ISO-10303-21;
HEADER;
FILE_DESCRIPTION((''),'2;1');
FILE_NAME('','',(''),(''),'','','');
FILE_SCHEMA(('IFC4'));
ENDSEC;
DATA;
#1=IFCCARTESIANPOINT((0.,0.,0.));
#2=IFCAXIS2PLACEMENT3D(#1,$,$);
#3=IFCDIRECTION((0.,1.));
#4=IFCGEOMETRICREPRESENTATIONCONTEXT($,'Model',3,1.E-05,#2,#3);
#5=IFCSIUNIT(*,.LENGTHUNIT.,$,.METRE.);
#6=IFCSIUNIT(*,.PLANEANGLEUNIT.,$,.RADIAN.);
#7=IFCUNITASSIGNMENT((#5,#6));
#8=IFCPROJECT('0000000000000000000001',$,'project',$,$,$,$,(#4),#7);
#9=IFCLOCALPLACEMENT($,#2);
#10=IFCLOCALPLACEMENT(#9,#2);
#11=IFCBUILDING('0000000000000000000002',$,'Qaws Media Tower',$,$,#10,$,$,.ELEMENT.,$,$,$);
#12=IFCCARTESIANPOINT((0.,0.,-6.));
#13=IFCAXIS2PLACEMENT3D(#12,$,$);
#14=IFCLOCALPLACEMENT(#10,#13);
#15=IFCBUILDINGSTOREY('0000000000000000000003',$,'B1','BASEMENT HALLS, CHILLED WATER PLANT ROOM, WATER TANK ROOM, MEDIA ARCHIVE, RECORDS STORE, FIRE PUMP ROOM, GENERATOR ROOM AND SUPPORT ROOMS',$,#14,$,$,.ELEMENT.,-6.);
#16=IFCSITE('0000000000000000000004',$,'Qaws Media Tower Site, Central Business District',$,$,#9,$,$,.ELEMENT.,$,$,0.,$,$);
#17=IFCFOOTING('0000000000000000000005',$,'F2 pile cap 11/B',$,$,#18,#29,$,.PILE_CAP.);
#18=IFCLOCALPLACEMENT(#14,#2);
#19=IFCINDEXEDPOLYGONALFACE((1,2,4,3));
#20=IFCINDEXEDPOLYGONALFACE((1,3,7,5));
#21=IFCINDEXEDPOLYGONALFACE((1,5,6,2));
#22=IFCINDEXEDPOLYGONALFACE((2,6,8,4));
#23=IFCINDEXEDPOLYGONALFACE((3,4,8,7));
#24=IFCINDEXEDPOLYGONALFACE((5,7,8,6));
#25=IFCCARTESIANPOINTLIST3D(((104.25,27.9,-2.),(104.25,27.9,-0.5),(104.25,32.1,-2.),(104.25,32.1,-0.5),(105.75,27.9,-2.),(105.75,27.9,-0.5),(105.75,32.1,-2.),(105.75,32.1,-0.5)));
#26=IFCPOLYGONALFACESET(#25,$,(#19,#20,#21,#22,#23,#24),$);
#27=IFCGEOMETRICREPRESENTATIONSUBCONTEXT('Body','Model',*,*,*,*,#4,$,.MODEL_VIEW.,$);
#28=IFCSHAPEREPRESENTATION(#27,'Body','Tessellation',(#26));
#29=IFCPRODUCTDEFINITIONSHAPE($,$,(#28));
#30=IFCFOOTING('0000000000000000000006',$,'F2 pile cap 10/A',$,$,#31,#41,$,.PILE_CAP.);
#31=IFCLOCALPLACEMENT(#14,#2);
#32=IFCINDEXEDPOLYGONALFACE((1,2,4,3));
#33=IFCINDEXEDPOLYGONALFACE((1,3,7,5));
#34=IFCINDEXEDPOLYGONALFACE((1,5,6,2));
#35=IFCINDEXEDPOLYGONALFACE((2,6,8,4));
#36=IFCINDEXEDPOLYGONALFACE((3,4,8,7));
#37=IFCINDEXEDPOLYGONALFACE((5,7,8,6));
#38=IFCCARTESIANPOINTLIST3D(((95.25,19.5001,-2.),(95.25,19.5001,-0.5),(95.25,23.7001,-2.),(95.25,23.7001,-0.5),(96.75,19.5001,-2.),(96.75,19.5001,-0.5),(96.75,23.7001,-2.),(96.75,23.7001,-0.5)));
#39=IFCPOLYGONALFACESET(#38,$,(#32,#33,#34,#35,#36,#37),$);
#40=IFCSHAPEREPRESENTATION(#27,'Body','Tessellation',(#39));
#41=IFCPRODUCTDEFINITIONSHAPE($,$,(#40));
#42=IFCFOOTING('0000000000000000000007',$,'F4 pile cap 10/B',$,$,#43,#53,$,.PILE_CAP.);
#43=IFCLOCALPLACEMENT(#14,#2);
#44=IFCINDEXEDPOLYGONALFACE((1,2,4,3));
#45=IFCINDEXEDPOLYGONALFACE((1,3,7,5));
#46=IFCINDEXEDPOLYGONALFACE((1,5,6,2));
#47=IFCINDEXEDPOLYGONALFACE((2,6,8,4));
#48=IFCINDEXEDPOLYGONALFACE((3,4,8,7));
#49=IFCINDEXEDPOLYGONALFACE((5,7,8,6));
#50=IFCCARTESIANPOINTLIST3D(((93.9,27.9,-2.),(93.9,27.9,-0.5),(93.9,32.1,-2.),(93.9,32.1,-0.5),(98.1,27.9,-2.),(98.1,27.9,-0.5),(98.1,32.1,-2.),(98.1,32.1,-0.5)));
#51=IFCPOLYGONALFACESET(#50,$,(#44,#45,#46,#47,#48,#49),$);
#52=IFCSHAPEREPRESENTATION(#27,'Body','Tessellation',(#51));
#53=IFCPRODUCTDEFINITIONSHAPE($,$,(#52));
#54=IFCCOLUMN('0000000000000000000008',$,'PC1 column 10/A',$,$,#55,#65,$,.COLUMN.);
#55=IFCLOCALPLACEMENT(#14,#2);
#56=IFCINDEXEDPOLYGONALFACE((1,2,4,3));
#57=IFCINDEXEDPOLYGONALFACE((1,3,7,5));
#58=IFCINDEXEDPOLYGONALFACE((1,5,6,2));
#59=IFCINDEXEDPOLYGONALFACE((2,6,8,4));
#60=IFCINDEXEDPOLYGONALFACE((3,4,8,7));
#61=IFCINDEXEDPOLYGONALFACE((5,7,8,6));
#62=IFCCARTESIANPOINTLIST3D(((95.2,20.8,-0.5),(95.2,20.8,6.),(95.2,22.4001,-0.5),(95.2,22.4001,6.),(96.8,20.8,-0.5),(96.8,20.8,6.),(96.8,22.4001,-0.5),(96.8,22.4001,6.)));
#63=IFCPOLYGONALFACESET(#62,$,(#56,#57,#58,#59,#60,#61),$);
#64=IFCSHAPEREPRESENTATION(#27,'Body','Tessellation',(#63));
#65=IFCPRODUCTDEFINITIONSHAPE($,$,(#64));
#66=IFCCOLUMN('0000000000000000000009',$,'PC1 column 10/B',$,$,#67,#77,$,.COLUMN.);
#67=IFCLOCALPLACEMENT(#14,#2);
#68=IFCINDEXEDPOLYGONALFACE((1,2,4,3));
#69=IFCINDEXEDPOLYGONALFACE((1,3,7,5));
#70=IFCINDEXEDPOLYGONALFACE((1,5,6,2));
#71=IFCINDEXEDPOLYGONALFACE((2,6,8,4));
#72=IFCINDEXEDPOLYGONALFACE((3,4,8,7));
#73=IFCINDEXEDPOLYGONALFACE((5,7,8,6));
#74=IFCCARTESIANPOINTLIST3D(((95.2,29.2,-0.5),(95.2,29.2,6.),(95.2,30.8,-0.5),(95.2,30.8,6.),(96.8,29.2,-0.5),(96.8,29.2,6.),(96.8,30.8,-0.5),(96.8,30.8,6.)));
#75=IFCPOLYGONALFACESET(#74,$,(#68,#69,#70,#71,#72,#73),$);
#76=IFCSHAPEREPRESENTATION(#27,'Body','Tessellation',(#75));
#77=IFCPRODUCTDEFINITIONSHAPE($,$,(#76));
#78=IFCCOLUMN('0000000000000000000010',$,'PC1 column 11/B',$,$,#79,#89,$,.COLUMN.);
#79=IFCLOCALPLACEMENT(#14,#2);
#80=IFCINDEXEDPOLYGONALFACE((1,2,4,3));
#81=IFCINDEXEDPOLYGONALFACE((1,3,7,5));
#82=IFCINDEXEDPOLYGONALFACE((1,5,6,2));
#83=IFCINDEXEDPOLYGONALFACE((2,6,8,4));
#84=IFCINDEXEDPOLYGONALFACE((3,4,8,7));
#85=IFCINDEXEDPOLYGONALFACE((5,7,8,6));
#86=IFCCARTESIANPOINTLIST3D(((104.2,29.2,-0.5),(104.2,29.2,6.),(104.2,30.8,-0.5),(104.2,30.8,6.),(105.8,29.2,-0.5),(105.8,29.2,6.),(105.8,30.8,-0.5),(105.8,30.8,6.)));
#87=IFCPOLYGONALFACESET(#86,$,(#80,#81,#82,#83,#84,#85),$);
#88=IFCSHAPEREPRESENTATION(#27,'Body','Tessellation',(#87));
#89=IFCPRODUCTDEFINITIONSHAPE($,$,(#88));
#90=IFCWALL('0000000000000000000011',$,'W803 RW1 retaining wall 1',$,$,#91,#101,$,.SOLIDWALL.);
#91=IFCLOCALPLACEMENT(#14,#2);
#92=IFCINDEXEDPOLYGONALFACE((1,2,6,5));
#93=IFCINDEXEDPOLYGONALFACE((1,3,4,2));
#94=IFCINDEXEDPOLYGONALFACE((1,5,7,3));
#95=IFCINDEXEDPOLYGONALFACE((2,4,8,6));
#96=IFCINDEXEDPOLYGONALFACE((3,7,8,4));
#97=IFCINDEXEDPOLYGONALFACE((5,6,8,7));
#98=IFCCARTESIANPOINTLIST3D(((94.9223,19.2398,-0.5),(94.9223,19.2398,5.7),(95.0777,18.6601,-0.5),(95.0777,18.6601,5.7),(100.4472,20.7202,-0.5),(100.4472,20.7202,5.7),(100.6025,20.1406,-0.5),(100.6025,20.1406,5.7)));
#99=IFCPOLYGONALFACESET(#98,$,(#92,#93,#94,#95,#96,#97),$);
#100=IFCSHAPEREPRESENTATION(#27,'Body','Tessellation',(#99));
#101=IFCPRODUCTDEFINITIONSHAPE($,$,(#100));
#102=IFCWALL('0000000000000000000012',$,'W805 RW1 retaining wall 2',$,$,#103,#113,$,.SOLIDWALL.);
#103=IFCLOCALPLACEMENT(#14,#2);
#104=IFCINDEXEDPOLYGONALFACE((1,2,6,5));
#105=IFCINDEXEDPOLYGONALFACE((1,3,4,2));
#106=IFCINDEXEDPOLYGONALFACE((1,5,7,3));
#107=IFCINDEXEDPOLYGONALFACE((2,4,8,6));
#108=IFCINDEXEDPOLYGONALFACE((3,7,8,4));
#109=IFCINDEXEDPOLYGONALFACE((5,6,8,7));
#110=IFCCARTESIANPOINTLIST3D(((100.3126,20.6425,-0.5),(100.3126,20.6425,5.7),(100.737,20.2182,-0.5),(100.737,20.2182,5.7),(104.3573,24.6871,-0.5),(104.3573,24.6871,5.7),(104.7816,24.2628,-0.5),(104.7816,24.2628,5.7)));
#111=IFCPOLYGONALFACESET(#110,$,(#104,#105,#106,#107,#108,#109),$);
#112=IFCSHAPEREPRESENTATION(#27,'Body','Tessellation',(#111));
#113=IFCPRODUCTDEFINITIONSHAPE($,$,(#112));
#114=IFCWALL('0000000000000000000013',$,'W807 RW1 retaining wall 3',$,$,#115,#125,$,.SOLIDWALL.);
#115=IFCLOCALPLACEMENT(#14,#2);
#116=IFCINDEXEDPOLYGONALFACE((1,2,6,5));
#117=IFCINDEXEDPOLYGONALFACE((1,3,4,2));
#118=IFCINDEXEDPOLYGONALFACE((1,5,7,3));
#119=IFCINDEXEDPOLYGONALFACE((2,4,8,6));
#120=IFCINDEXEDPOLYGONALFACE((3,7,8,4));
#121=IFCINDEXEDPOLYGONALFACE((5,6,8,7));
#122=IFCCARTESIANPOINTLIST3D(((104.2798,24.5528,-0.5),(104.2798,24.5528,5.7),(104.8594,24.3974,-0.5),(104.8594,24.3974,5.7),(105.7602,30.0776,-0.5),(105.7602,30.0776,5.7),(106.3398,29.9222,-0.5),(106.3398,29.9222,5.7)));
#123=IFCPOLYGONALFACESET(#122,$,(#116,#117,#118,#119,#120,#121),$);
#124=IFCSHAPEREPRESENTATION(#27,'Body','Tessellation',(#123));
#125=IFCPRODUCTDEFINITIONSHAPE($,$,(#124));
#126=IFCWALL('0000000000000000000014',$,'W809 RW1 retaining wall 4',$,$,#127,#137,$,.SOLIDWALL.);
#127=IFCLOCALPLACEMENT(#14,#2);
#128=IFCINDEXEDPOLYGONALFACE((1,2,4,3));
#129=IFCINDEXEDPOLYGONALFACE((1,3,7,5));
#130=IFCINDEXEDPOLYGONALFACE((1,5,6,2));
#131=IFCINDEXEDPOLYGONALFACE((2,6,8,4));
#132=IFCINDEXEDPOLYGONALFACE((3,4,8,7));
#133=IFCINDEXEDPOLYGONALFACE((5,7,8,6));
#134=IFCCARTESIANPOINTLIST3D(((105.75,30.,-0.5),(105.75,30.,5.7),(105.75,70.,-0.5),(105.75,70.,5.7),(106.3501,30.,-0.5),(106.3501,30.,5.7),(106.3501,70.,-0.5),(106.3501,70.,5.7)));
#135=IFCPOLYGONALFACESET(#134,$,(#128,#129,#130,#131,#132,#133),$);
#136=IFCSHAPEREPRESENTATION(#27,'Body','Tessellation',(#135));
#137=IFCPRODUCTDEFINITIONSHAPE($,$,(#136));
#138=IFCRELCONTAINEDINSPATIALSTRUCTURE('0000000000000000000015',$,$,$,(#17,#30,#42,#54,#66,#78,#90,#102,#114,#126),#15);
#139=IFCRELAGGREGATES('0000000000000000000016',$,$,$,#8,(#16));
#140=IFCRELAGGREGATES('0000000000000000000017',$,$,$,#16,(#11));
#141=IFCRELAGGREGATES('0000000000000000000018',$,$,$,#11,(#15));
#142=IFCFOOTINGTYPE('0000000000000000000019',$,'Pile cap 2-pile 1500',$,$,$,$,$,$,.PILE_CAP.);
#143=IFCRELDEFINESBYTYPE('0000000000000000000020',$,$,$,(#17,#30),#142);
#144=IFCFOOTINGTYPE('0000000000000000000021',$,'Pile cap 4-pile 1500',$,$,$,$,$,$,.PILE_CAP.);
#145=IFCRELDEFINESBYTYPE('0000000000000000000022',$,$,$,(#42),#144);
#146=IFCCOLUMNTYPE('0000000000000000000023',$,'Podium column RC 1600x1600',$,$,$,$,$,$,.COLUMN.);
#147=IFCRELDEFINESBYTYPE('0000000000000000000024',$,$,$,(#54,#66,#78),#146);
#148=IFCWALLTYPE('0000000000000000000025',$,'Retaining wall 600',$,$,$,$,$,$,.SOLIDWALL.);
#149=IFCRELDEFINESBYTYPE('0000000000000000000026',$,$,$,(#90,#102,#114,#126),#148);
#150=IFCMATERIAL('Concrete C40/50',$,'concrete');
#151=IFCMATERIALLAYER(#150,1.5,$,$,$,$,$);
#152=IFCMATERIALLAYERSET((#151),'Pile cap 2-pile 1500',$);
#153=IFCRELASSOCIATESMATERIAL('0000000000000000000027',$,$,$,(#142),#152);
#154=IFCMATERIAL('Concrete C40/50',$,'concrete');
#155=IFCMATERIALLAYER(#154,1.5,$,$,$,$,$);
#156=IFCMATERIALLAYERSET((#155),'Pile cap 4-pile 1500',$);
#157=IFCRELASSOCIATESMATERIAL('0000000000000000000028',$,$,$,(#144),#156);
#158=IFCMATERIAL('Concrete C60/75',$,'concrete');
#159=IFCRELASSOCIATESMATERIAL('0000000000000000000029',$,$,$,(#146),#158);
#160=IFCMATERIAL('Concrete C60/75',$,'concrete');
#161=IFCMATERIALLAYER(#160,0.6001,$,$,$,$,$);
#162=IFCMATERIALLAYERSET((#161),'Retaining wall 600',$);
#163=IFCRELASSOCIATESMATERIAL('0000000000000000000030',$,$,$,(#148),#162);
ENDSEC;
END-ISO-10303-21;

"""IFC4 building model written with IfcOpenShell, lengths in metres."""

from ifc_helpers import new_model, si_unit, direction, frame, frame_2d, origin, origin_2d, place, context, subcontext, project, spatial, rectangle, extrude, material, layer, layer_set, material_profile, profile_set, type_object, element, save


model = new_model("IFC4")

# Units and contexts
model_context = context("Model", 3, precision=1e-05, world=origin(), true_north=direction((0.0, 1.0)))
body_context = subcontext(model_context, "Body", "Model", "MODEL_VIEW")
ifc_project = project(units=[si_unit("LENGTHUNIT", "METRE"), si_unit("PLANEANGLEUNIT", "RADIAN")], contexts=[model_context])

# Site, building, storey
site_placement = place(None, origin())
site = spatial("IfcSite", under=ifc_project, at=site_placement, Name="Qaws Media Tower Site, Central Business District", CompositionType="ELEMENT", RefElevation=0.0)
building_placement = place(site_placement, origin())
building = spatial("IfcBuilding", under=site, at=building_placement, Name="Qaws Media Tower", CompositionType="ELEMENT")
storey_placement = place(building_placement, frame((0.0, 0.0, -6.0)))
storey = spatial("IfcBuildingStorey", under=building, at=storey_placement, Name="B1", Description="BASEMENT HALLS, CHILLED WATER PLANT ROOM, WATER TANK ROOM, MEDIA ARCHIVE, RECORDS STORE, FIRE PUMP ROOM, GENERATOR ROOM AND SUPPORT ROOMS", CompositionType="ELEMENT", Elevation=-6.0)

# Footings
ifc_material_1 = material(Name="Concrete C40/50", Category="concrete")
ifc_layer_1 = layer(ifc_material_1, 1.5)
ifc_layer_set_1 = layer_set([ifc_layer_1], Name="Pile cap 2-pile 1500")
footing_type_1 = type_object("IfcFootingType", Name="Pile cap 2-pile 1500", PredefinedType="PILE_CAP", material=ifc_layer_set_1)
for number, where, z_axis, x_axis, name in (
    (1, (105.0, 30.0, -2.0), (0.0, 0.0, 1.0), (1.0, 0.0, 0.0), "F2 pile cap 11/B"),
    (2, (96.0, 21.6001, -2.0), (0.0, 0.0, 1.0), (1.0, 0.0, 0.0), "F2 pile cap 10/A"),
):
    element("IfcFooting", number, at=place(storey_placement, frame(where, z_axis=z_axis, x_axis=x_axis)), inside=storey, type_object=footing_type_1, Name=name, PredefinedType="PILE_CAP", context=body_context, shape_type="SweptSolid", body=[
        extrude(rectangle(XDim=1.5, YDim=4.2, at=origin_2d()), origin(), (0.0, 0.0, 1.0), 1.5),
    ])
ifc_material_2 = material(Name="Concrete C40/50", Category="concrete")
ifc_layer_2 = layer(ifc_material_2, 1.5)
ifc_layer_set_2 = layer_set([ifc_layer_2], Name="Pile cap 4-pile 1500")
footing_type_2 = type_object("IfcFootingType", Name="Pile cap 4-pile 1500", PredefinedType="PILE_CAP", material=ifc_layer_set_2)
footing_1_placement = place(storey_placement, frame((96.0, 30.0, -2.0), z_axis=(0.0, 0.0, 1.0), x_axis=(1.0, 0.0, 0.0)))
element("IfcFooting", 3, at=footing_1_placement, inside=storey, type_object=footing_type_2, Name="F4 pile cap 10/B", PredefinedType="PILE_CAP", context=body_context, shape_type="SweptSolid", body=[
    extrude(rectangle(XDim=4.2, YDim=4.2, at=origin_2d()), origin(), (0.0, 0.0, 1.0), 1.5),
])

# Columns
ifc_material_3 = material(Name="Concrete C60/75", Category="concrete")
ifc_material_profile_1 = material_profile(ifc_material_3, rectangle(XDim=1.6001, YDim=1.6001, at=origin_2d()), Name="RC 1600x1600")
ifc_profile_set_1 = profile_set([ifc_material_profile_1], Name="Concrete C60/75")
column_type = type_object("IfcColumnType", Name="Podium column RC 1600x1600", PredefinedType="COLUMN", material=ifc_profile_set_1)
for number, where, z_axis, x_axis, name in (
    (4, (96.0, 21.6001, -0.5), (0.0, 0.0, 1.0), (1.0, 0.0, 0.0), "PC1 column 10/A"),
    (5, (96.0, 30.0, -0.5), (0.0, 0.0, 1.0), (1.0, 0.0, 0.0), "PC1 column 10/B"),
    (6, (105.0, 30.0, -0.5), (0.0, 0.0, 1.0), (1.0, 0.0, 0.0), "PC1 column 11/B"),
):
    element("IfcColumn", number, at=place(storey_placement, frame(where, z_axis=z_axis, x_axis=x_axis)), inside=storey, type_object=column_type, Name=name, PredefinedType="COLUMN", context=body_context, shape_type="SweptSolid", body=[
        extrude(rectangle(XDim=1.6001, YDim=1.6001, at=origin_2d()), origin(), (0.0, 0.0, 1.0), 6.5),
    ])

# Walls
ifc_material_4 = material(Name="Concrete C60/75", Category="concrete")
ifc_layer_3 = layer(ifc_material_4, 0.6001)
ifc_layer_set_3 = layer_set([ifc_layer_3], Name="Retaining wall 600")
wall_type = type_object("IfcWallType", Name="Retaining wall 600", PredefinedType="SOLIDWALL", material=ifc_layer_set_3)
wall_1_placement = place(storey_placement, frame((95.0, 18.95, -0.5), z_axis=(0.0, 0.0, 1.0), x_axis=(0.965923, 0.258831, 0.0)))
element("IfcWall", 7, at=wall_1_placement, inside=storey, type_object=wall_type, Name="W803 RW1 retaining wall 1", PredefinedType="SOLIDWALL", context=body_context, shape_type="SweptSolid", body=[
    extrude(rectangle(XDim=5.7197, YDim=0.6001, at=frame_2d((2.8599, 0.0))), origin(), (0.0, 0.0, 1.0), 6.2),
])
wall_2_placement = place(storey_placement, frame((100.5249, 20.4304, -0.5), z_axis=(0.0, 0.0, 1.0), x_axis=(0.707107, 0.707107, 0.0)))
element("IfcWall", 8, at=wall_2_placement, inside=storey, type_object=wall_type, Name="W805 RW1 retaining wall 2", PredefinedType="SOLIDWALL", context=body_context, shape_type="SweptSolid", body=[
    extrude(rectangle(XDim=5.72, YDim=0.6001, at=frame_2d((2.8599, 0.0))), origin(), (0.0, 0.0, 1.0), 6.2),
])
wall_3_placement = place(storey_placement, frame((104.5696, 24.4751, -0.5), z_axis=(0.0, 0.0, 1.0), x_axis=(0.258831, 0.965923, 0.0)))
element("IfcWall", 9, at=wall_3_placement, inside=storey, type_object=wall_type, Name="W807 RW1 retaining wall 3", PredefinedType="SOLIDWALL", context=body_context, shape_type="SweptSolid", body=[
    extrude(rectangle(XDim=5.7197, YDim=0.6001, at=frame_2d((2.8599, 0.0))), origin(), (0.0, 0.0, 1.0), 6.2),
])
wall_4_placement = place(storey_placement, frame((106.05, 30.0, -0.5), z_axis=(0.0, 0.0, 1.0), x_axis=(0.0, 1.0, 0.0)))
element("IfcWall", 10, at=wall_4_placement, inside=storey, type_object=wall_type, Name="W809 RW1 retaining wall 4", PredefinedType="SOLIDWALL", context=body_context, shape_type="SweptSolid", body=[
    extrude(rectangle(XDim=40.0, YDim=0.6001, at=frame_2d((20.0, 0.0))), origin(), (0.0, 0.0, 1.0), 6.2),
])

save(model, "model.ifc")
